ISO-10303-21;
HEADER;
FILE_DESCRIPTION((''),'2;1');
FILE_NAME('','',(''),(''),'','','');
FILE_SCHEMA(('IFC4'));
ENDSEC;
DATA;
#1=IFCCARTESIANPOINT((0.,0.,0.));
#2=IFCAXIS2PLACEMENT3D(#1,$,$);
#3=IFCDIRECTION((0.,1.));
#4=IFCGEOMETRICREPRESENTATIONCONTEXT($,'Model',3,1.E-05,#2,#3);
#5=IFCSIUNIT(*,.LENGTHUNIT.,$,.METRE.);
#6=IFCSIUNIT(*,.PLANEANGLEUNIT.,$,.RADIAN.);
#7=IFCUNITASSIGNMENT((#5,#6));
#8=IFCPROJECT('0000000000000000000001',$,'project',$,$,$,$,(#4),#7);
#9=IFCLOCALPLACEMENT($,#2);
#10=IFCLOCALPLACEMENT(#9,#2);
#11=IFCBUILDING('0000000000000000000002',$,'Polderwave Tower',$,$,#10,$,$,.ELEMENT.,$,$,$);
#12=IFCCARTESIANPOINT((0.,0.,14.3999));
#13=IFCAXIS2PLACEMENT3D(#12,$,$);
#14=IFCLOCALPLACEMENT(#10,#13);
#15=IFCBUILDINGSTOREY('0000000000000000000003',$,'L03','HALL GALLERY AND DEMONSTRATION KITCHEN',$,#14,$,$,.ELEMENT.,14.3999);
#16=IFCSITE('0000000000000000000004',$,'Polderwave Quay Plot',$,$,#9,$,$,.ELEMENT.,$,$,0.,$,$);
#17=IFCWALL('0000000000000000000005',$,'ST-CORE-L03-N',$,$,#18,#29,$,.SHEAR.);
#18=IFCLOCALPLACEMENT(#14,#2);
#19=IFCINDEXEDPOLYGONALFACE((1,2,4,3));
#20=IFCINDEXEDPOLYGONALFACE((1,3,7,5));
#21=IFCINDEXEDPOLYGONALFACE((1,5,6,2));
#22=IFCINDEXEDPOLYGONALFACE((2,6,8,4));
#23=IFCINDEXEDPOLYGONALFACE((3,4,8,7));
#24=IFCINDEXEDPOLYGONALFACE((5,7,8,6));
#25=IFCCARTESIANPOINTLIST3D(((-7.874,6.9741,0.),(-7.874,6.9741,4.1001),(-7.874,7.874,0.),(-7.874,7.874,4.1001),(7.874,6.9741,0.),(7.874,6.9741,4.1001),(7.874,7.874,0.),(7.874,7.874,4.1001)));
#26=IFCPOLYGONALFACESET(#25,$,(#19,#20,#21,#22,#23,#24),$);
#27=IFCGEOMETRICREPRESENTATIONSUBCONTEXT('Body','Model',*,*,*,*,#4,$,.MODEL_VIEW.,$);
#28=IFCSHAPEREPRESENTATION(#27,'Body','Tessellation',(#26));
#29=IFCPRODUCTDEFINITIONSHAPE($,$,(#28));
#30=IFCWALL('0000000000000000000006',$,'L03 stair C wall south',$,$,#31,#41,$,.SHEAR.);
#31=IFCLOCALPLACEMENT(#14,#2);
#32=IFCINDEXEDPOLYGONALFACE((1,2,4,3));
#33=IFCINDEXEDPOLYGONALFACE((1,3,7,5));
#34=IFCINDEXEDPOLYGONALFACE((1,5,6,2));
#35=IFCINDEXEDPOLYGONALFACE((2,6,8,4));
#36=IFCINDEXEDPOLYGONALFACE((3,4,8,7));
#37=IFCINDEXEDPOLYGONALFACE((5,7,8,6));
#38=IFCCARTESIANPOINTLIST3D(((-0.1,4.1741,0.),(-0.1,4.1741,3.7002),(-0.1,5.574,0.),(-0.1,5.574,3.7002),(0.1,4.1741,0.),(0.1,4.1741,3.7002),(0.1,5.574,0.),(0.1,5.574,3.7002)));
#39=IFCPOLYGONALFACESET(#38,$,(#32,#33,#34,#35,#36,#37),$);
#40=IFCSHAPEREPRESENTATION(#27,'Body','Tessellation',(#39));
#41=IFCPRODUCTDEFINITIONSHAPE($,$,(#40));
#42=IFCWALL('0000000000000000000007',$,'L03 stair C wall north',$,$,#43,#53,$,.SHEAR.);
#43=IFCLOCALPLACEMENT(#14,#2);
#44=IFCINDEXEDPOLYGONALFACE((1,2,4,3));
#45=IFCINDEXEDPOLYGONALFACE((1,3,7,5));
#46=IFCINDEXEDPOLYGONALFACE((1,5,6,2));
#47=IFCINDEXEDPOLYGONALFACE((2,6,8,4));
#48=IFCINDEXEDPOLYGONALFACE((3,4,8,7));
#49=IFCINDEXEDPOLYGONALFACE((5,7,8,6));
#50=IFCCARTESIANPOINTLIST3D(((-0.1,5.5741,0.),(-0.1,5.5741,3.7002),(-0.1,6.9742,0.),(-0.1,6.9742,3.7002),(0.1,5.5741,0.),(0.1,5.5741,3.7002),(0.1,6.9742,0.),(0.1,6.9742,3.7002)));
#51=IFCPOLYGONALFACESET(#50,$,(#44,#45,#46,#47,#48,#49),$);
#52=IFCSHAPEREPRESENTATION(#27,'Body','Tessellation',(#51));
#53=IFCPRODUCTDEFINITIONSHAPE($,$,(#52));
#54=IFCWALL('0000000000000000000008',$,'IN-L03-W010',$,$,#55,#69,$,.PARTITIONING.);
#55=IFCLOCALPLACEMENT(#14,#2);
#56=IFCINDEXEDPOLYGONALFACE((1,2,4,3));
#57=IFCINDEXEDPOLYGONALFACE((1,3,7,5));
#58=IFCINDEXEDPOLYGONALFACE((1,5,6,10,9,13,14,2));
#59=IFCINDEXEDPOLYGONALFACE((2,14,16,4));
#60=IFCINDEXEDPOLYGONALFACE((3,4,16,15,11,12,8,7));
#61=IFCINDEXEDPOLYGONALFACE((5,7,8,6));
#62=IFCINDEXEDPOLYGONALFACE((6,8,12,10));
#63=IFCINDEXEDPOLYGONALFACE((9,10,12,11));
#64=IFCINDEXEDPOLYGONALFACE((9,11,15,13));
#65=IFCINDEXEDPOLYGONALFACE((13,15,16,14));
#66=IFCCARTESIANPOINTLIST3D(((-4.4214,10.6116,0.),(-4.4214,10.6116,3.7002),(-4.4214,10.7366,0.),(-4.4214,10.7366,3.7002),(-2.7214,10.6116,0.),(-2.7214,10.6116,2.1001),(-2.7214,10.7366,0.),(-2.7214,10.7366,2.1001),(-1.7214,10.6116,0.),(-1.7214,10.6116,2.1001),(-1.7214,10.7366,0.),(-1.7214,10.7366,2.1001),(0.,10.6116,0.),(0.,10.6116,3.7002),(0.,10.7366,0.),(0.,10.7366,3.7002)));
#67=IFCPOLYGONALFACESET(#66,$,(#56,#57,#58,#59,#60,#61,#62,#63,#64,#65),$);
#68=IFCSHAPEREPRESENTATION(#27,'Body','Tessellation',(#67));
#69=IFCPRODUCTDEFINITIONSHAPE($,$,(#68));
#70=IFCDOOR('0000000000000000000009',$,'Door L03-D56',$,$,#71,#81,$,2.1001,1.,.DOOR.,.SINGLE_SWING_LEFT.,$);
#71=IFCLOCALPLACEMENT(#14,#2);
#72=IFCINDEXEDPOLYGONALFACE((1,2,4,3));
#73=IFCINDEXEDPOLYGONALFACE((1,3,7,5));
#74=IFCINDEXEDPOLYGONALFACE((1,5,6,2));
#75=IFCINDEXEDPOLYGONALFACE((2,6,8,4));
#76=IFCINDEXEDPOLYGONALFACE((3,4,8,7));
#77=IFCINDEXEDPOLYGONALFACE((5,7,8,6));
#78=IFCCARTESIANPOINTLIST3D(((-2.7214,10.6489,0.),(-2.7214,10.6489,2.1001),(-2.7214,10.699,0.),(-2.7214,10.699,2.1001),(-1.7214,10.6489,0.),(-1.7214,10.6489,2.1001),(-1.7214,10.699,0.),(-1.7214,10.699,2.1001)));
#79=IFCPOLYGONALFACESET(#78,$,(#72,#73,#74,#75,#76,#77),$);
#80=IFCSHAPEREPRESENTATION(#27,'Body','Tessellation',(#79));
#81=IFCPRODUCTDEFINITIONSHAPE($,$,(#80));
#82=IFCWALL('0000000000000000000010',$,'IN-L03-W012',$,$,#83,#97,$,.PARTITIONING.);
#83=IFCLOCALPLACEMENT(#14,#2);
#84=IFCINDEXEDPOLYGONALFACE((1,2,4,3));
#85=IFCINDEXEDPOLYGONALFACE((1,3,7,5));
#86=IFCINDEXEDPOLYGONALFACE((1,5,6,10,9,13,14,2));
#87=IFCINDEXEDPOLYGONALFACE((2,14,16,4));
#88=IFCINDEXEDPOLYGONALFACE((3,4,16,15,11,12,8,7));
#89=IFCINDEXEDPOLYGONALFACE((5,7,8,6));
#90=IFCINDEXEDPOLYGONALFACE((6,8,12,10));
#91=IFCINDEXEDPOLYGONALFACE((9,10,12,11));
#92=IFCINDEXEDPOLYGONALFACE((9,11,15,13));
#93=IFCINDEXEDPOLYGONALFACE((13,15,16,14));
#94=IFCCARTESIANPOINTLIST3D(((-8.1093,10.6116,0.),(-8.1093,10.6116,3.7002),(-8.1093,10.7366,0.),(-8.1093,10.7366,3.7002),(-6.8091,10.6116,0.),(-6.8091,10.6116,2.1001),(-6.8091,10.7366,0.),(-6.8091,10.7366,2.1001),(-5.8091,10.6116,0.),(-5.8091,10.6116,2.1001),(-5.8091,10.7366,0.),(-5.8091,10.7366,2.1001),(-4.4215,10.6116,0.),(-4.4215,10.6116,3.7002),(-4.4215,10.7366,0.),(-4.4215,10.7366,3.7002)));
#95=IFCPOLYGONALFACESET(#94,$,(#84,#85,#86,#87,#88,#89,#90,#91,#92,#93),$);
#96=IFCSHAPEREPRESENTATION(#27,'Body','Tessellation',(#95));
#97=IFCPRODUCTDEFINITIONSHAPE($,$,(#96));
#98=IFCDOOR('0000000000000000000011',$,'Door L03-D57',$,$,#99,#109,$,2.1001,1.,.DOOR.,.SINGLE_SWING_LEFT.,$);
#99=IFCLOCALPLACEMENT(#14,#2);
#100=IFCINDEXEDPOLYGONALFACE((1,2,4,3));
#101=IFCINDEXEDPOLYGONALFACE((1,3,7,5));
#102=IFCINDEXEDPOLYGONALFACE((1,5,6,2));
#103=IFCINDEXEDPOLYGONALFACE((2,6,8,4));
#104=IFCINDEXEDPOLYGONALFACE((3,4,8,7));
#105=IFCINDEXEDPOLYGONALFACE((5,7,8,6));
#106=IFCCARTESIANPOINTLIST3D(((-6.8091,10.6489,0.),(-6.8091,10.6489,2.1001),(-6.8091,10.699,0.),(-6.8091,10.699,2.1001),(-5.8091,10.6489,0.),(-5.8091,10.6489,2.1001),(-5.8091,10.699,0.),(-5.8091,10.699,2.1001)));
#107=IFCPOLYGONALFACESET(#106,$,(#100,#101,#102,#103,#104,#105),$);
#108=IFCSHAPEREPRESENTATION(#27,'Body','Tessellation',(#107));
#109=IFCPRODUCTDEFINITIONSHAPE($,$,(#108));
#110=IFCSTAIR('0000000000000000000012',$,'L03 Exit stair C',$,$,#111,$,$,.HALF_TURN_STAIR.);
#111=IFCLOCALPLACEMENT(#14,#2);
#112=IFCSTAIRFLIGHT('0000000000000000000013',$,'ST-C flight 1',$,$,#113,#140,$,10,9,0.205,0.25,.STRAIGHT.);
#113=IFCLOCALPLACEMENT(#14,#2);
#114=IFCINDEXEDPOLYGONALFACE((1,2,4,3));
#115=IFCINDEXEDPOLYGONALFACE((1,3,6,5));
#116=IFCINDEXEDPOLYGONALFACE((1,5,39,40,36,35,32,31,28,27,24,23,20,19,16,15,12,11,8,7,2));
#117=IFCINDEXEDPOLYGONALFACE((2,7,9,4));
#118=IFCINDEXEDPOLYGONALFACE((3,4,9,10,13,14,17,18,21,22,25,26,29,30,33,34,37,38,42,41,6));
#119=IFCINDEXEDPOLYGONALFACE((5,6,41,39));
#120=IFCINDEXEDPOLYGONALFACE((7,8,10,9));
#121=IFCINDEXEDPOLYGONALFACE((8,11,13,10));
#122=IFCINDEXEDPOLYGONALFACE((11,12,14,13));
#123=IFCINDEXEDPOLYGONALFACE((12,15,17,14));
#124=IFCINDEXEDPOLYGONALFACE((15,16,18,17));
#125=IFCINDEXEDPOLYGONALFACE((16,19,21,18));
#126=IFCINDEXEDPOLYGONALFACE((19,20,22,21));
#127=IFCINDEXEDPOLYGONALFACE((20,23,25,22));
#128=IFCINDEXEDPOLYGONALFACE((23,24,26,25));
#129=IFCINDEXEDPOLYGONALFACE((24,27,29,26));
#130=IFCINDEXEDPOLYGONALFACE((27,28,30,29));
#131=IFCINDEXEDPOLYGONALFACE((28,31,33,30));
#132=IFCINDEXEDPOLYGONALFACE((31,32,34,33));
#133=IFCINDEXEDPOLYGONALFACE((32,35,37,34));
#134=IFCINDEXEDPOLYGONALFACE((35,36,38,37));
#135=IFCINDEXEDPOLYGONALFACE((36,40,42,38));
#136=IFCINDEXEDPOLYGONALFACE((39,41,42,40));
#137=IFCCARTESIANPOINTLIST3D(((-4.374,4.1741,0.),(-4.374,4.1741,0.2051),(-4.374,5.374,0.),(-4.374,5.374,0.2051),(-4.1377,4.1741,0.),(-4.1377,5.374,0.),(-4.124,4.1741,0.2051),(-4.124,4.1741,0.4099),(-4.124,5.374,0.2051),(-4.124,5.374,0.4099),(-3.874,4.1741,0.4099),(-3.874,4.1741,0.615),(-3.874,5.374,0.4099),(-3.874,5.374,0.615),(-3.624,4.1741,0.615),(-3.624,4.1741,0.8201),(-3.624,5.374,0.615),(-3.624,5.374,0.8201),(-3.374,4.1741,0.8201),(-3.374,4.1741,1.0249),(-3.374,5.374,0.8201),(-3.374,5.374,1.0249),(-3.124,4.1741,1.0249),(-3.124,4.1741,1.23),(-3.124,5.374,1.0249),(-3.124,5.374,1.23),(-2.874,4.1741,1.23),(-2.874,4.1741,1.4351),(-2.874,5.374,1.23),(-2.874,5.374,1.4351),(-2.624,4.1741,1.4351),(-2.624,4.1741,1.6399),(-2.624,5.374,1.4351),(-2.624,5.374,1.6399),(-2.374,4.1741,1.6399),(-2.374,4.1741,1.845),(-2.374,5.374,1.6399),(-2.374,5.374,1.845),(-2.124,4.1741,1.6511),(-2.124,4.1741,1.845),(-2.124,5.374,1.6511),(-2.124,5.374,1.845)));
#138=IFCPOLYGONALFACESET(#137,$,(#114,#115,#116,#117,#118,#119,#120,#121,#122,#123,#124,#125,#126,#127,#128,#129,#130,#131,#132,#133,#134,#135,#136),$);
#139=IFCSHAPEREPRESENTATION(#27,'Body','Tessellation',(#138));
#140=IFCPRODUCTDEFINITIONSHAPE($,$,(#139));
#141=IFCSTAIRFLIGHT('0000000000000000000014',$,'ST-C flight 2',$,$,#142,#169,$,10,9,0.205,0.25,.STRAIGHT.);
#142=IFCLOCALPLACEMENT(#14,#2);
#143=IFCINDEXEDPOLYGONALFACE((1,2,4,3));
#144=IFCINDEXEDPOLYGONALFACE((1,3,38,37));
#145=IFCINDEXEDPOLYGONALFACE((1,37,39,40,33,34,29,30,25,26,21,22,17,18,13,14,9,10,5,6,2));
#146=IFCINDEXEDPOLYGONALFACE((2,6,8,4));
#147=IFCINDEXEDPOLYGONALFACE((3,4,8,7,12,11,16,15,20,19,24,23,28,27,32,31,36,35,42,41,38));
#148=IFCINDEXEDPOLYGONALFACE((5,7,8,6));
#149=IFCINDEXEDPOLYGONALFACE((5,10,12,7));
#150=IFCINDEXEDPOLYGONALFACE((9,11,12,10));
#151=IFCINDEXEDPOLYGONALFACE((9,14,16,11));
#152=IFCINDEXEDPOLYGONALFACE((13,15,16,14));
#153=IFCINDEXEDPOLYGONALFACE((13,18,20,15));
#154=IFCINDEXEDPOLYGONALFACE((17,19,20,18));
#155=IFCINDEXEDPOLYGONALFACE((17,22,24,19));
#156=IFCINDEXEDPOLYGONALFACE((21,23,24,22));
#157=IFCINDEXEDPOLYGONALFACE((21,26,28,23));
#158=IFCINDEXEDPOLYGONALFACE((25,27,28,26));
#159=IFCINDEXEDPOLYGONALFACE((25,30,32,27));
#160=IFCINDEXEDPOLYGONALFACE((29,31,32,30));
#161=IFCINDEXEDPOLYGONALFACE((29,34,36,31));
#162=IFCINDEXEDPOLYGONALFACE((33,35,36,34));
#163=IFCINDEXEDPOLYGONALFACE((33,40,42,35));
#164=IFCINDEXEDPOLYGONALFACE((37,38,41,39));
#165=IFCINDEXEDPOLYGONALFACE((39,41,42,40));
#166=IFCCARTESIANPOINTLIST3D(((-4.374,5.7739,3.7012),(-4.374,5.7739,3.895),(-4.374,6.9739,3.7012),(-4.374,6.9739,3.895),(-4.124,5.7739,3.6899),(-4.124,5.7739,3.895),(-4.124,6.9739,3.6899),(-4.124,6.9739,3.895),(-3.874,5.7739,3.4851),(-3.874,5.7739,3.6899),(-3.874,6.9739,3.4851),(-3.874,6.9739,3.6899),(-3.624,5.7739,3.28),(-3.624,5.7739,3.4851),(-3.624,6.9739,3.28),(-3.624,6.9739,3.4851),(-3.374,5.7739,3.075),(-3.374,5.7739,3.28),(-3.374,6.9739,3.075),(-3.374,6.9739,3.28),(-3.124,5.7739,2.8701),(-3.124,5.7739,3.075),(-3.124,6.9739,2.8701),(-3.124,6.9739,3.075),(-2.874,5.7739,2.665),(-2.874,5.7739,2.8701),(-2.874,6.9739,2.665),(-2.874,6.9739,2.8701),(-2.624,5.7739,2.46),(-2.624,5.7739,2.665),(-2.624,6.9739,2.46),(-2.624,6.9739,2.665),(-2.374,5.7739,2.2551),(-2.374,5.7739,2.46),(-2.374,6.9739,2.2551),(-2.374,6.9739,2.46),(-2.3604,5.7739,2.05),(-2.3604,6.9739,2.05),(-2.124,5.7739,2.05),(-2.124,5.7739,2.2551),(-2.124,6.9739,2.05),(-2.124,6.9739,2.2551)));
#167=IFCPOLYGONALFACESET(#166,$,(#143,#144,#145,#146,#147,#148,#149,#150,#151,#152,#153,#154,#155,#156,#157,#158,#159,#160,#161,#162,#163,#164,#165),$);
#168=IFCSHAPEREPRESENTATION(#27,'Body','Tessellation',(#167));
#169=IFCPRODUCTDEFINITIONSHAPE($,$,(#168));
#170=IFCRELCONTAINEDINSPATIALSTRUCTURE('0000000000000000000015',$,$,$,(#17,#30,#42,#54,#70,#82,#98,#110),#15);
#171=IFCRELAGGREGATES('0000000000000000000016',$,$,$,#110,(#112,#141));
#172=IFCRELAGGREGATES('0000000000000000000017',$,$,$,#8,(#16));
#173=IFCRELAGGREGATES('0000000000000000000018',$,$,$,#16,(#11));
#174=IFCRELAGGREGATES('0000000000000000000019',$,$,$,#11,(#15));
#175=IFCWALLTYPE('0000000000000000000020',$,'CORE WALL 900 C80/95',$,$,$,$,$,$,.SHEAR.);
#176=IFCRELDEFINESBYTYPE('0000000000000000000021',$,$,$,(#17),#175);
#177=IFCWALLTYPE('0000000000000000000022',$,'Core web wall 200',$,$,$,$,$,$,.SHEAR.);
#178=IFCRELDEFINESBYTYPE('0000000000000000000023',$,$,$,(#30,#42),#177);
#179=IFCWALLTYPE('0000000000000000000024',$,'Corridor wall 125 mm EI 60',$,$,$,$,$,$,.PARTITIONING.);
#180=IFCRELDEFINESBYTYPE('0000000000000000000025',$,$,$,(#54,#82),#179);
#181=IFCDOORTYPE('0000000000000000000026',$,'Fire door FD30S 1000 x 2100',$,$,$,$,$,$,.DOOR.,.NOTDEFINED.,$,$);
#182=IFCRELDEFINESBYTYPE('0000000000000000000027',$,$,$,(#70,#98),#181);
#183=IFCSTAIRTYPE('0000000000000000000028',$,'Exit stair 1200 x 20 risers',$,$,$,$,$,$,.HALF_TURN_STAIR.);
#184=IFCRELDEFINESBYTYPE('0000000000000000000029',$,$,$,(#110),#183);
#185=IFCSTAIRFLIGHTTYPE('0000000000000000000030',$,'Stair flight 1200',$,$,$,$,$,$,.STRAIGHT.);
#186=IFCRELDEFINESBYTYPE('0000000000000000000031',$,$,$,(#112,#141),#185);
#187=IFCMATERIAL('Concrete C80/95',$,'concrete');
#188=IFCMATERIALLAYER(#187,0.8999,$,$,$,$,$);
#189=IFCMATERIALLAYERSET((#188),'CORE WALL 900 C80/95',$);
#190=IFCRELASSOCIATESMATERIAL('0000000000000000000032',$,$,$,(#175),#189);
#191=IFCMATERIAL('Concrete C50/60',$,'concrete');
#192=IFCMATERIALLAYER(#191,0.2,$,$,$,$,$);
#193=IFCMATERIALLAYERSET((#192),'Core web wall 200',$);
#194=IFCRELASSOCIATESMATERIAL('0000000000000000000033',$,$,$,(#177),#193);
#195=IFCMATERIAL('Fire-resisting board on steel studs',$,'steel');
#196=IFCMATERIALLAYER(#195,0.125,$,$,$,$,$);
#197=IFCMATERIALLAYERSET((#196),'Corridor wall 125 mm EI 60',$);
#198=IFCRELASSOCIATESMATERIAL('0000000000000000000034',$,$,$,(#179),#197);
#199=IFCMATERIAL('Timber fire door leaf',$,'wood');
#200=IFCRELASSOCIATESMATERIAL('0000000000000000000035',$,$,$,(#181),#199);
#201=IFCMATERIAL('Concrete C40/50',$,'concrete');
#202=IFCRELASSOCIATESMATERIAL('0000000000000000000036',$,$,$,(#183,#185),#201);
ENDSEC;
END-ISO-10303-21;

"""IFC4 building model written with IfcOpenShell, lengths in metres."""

from ifc_helpers import new_model, si_unit, direction, frame, frame_2d, origin, place, context, subcontext, project, spatial, polyline, rectangle, outline, extrude, material, layer, layer_set, type_object, element, fill, aggregate, save


model = new_model("IFC4")

# Units and contexts
model_context = context("Model", 3, precision=1e-05, world=origin(), true_north=direction((0.0, 1.0)))
body_context = subcontext(model_context, "Body", "Model", "MODEL_VIEW")
ifc_project = project(units=[si_unit("LENGTHUNIT", "METRE"), si_unit("PLANEANGLEUNIT", "RADIAN")], contexts=[model_context])

# Site, building, storey
site_placement = place(None, origin())
site = spatial("IfcSite", under=ifc_project, at=site_placement, Name="Polderwave Quay Plot", CompositionType="ELEMENT", RefElevation=0.0)
building_placement = place(site_placement, origin())
building = spatial("IfcBuilding", under=site, at=building_placement, Name="Polderwave Tower", CompositionType="ELEMENT")
storey_placement = place(building_placement, frame((0.0, 0.0, 14.3999)))
storey = spatial("IfcBuildingStorey", under=building, at=storey_placement, Name="L03", Description="HALL GALLERY AND DEMONSTRATION KITCHEN", CompositionType="ELEMENT", Elevation=14.3999)

# Walls
ifc_material_1 = material(Name="Concrete C80/95", Category="concrete")
ifc_layer_1 = layer(ifc_material_1, 0.8999)
ifc_layer_set_1 = layer_set([ifc_layer_1], Name="CORE WALL 900 C80/95")
wall_type_1 = type_object("IfcWallType", Name="CORE WALL 900 C80/95", PredefinedType="SHEAR", material=ifc_layer_set_1)
wall_1_placement = place(storey_placement, frame((-7.874, 7.4241, 0.0), z_axis=(0.0, 0.0, 1.0), x_axis=(1.0, 0.0, 0.0)))
element("IfcWall", 1, at=wall_1_placement, inside=storey, type_object=wall_type_1, Name="ST-CORE-L03-N", PredefinedType="SHEAR", context=body_context, shape_type="SweptSolid", body=[
    extrude(rectangle(XDim=15.748, YDim=0.8999, at=frame_2d((7.874, 0.0))), origin(), (0.0, 0.0, 1.0), 4.1001),
])
ifc_material_2 = material(Name="Concrete C50/60", Category="concrete")
ifc_layer_2 = layer(ifc_material_2, 0.2)
ifc_layer_set_2 = layer_set([ifc_layer_2], Name="Core web wall 200")
wall_type_2 = type_object("IfcWallType", Name="Core web wall 200", PredefinedType="SHEAR", material=ifc_layer_set_2)
wall_2_placement = place(storey_placement, frame((0.0, 4.1741, 0.0), z_axis=(0.0, 0.0, 1.0), x_axis=(0.0, 1.0, 0.0)))
element("IfcWall", 2, at=wall_2_placement, inside=storey, type_object=wall_type_2, Name="L03 stair C wall south", PredefinedType="SHEAR", context=body_context, shape_type="SweptSolid", body=[
    extrude(rectangle(XDim=1.3999, YDim=0.2, at=frame_2d((0.7, 0.0))), origin(), (0.0, 0.0, 1.0), 3.7002),
])
wall_3_placement = place(storey_placement, frame((0.0, 5.574, 0.0), z_axis=(0.0, 0.0, 1.0), x_axis=(0.0, 1.0, 0.0)))
element("IfcWall", 3, at=wall_3_placement, inside=storey, type_object=wall_type_2, Name="L03 stair C wall north", PredefinedType="SHEAR", context=body_context, shape_type="SweptSolid", body=[
    extrude(rectangle(XDim=1.4001, YDim=0.2, at=frame_2d((0.7002, 0.0))), origin(), (0.0, 0.0, 1.0), 3.7002),
])

# Walls, openings, doors
ifc_material_3 = material(Name="Fire-resisting board on steel studs", Category="steel")
ifc_layer_3 = layer(ifc_material_3, 0.125)
ifc_layer_set_3 = layer_set([ifc_layer_3], Name="Corridor wall 125 mm EI 60")
wall_type_3 = type_object("IfcWallType", Name="Corridor wall 125 mm EI 60", PredefinedType="PARTITIONING", material=ifc_layer_set_3)
wall_4_placement = place(storey_placement, frame((-4.4214, 10.6741, 0.0), z_axis=(0.0, 0.0, 1.0), x_axis=(1.0, 0.0, 0.0)))
wall_4 = element("IfcWall", 4, at=wall_4_placement, inside=storey, type_object=wall_type_3, Name="IN-L03-W010", PredefinedType="PARTITIONING", context=body_context, shape_type="SweptSolid", body=[
    extrude(rectangle(XDim=4.4214, YDim=0.125, at=frame_2d((2.2107, 0.0))), origin(), (0.0, 0.0, 1.0), 3.7002),
])
opening_1_placement = place(wall_4_placement, frame((1.7, 0.0, 0.0)))
opening_1 = element("IfcOpeningElement", 5, at=opening_1_placement, cuts=wall_4, PredefinedType="OPENING", context=body_context, shape_type="SweptSolid", body=[
    extrude(rectangle(XDim=1.0, YDim=2.1001, at=frame_2d((0.5, 1.05))), frame((0.0, 0.0725, 0.0), z_axis=(0.0, -1.0, 0.0), x_axis=(1.0, 0.0, 0.0)), (0.0, 0.0, 1.0), 0.145),
])
ifc_material_4 = material(Name="Timber fire door leaf", Category="wood")
door_type = type_object("IfcDoorType", Name="Fire door FD30S 1000 x 2100", OperationType="NOTDEFINED", PredefinedType="DOOR", material=ifc_material_4)
door_1_placement = place(opening_1_placement, origin())
door_1 = element("IfcDoor", 6, at=door_1_placement, inside=storey, type_object=door_type, Name="Door L03-D56", OperationType="SINGLE_SWING_LEFT", OverallHeight=2.1001, OverallWidth=1.0, PredefinedType="DOOR", context=body_context, shape_type="SweptSolid", body=[
    extrude(rectangle(XDim=1.0, YDim=2.1001, at=frame_2d((0.5, 1.05))), frame((0.0, 0.0249, 0.0), z_axis=(0.0, -1.0, 0.0), x_axis=(1.0, 0.0, 0.0)), (0.0, 0.0, 1.0), 0.05),
])
fill(opening_1, door_1)
wall_5_placement = place(storey_placement, frame((-8.1091, 10.6741, 0.0), z_axis=(0.0, 0.0, 1.0), x_axis=(1.0, 0.0, 0.0)))
wall_5 = element("IfcWall", 7, at=wall_5_placement, inside=storey, type_object=wall_type_3, Name="IN-L03-W012", PredefinedType="PARTITIONING", context=body_context, shape_type="SweptSolid", body=[
    extrude(rectangle(XDim=3.6877, YDim=0.125, at=frame_2d((1.8438, 0.0))), origin(), (0.0, 0.0, 1.0), 3.7002),
])
opening_2_placement = place(wall_5_placement, frame((1.3, 0.0, 0.0)))
opening_2 = element("IfcOpeningElement", 8, at=opening_2_placement, cuts=wall_5, PredefinedType="OPENING", context=body_context, shape_type="SweptSolid", body=[
    extrude(rectangle(XDim=1.0, YDim=2.1001, at=frame_2d((0.5, 1.05))), frame((0.0, 0.0725, 0.0), z_axis=(0.0, -1.0, 0.0), x_axis=(1.0, 0.0, 0.0)), (0.0, 0.0, 1.0), 0.145),
])
door_2_placement = place(opening_2_placement, origin())
door_2 = element("IfcDoor", 9, at=door_2_placement, inside=storey, type_object=door_type, Name="Door L03-D57", OperationType="SINGLE_SWING_LEFT", OverallHeight=2.1001, OverallWidth=1.0, PredefinedType="DOOR", context=body_context, shape_type="SweptSolid", body=[
    extrude(rectangle(XDim=1.0, YDim=2.1001, at=frame_2d((0.5, 1.05))), frame((0.0, 0.0249, 0.0), z_axis=(0.0, -1.0, 0.0), x_axis=(1.0, 0.0, 0.0)), (0.0, 0.0, 1.0), 0.05),
])
fill(opening_2, door_2)

# Stair, stair flights
ifc_material_5 = material(Name="Concrete C40/50", Category="concrete")
stair_type = type_object("IfcStairType", Name="Exit stair 1200 x 20 risers", PredefinedType="HALF_TURN_STAIR", material=ifc_material_5)
stair_placement = place(storey_placement, origin())
stair = element("IfcStair", 10, at=stair_placement, inside=storey, type_object=stair_type, Name="L03 Exit stair C", PredefinedType="HALF_TURN_STAIR")
stair_flight_type = type_object("IfcStairFlightType", Name="Stair flight 1200", PredefinedType="STRAIGHT", material=ifc_material_5)
stair_flight_1_placement = place(storey_placement, frame((-4.374, 4.7739, 0.0), z_axis=(0.0, 0.0, 1.0), x_axis=(1.0, 0.0, 0.0)))
stair_flight_1 = element("IfcStairFlight", 11, at=stair_flight_1_placement, type_object=stair_flight_type, Name="ST-C flight 1", NumberOfRisers=10, NumberOfTreads=9, PredefinedType="STRAIGHT", RiserHeight=0.205, TreadLength=0.25, context=body_context, shape_type="SweptSolid", body=[
    extrude(outline(polyline([(0.0, 0.0), (0.0, 0.2051), (0.25, 0.2051), (0.25, 0.4099), (0.5, 0.4099), (0.5, 0.615), (0.75, 0.615), (0.75, 0.8201), (1.0, 0.8201), (1.0, 1.0249), (1.25, 1.0249), (1.25, 1.23), (1.5, 1.23), (1.5, 1.4351), (1.75, 1.4351), (1.75, 1.6399), (2.0, 1.6399), (2.0, 1.845), (2.25, 1.845), (2.25, 2.05), (2.25, 1.6511), (0.2363, 0.0), (0.0, 0.0)])), frame((0.0, 0.6001, 0.0), z_axis=(0.0, -1.0, 0.0), x_axis=(1.0, 0.0, 0.0)), (0.0, 0.0, 1.0), 1.2),
])
stair_flight_2_placement = place(storey_placement, frame((-2.124, 6.374, 2.05), z_axis=(0.0, 0.0, 1.0), x_axis=(-1.0, 0.0, 0.0)))
stair_flight_2 = element("IfcStairFlight", 12, at=stair_flight_2_placement, type_object=stair_flight_type, Name="ST-C flight 2", NumberOfRisers=10, NumberOfTreads=9, PredefinedType="STRAIGHT", RiserHeight=0.205, TreadLength=0.25, context=body_context, shape_type="SweptSolid", body=[
    extrude(outline(polyline([(0.0, 0.0), (0.0, 0.2051), (0.25, 0.2051), (0.25, 0.4099), (0.5, 0.4099), (0.5, 0.615), (0.75, 0.615), (0.75, 0.8201), (1.0, 0.8201), (1.0, 1.0249), (1.25, 1.0249), (1.25, 1.23), (1.5, 1.23), (1.5, 1.4351), (1.75, 1.4351), (1.75, 1.6399), (2.0, 1.6399), (2.0, 1.845), (2.25, 1.845), (2.25, 2.05), (2.25, 1.6511), (0.2363, 0.0), (0.0, 0.0)])), frame((0.0, 0.6001, 0.0), z_axis=(0.0, -1.0, 0.0), x_axis=(1.0, 0.0, 0.0)), (0.0, 0.0, 1.0), 1.2),
])
aggregate(stair, [stair_flight_1, stair_flight_2])

save(model, "model.ifc")
